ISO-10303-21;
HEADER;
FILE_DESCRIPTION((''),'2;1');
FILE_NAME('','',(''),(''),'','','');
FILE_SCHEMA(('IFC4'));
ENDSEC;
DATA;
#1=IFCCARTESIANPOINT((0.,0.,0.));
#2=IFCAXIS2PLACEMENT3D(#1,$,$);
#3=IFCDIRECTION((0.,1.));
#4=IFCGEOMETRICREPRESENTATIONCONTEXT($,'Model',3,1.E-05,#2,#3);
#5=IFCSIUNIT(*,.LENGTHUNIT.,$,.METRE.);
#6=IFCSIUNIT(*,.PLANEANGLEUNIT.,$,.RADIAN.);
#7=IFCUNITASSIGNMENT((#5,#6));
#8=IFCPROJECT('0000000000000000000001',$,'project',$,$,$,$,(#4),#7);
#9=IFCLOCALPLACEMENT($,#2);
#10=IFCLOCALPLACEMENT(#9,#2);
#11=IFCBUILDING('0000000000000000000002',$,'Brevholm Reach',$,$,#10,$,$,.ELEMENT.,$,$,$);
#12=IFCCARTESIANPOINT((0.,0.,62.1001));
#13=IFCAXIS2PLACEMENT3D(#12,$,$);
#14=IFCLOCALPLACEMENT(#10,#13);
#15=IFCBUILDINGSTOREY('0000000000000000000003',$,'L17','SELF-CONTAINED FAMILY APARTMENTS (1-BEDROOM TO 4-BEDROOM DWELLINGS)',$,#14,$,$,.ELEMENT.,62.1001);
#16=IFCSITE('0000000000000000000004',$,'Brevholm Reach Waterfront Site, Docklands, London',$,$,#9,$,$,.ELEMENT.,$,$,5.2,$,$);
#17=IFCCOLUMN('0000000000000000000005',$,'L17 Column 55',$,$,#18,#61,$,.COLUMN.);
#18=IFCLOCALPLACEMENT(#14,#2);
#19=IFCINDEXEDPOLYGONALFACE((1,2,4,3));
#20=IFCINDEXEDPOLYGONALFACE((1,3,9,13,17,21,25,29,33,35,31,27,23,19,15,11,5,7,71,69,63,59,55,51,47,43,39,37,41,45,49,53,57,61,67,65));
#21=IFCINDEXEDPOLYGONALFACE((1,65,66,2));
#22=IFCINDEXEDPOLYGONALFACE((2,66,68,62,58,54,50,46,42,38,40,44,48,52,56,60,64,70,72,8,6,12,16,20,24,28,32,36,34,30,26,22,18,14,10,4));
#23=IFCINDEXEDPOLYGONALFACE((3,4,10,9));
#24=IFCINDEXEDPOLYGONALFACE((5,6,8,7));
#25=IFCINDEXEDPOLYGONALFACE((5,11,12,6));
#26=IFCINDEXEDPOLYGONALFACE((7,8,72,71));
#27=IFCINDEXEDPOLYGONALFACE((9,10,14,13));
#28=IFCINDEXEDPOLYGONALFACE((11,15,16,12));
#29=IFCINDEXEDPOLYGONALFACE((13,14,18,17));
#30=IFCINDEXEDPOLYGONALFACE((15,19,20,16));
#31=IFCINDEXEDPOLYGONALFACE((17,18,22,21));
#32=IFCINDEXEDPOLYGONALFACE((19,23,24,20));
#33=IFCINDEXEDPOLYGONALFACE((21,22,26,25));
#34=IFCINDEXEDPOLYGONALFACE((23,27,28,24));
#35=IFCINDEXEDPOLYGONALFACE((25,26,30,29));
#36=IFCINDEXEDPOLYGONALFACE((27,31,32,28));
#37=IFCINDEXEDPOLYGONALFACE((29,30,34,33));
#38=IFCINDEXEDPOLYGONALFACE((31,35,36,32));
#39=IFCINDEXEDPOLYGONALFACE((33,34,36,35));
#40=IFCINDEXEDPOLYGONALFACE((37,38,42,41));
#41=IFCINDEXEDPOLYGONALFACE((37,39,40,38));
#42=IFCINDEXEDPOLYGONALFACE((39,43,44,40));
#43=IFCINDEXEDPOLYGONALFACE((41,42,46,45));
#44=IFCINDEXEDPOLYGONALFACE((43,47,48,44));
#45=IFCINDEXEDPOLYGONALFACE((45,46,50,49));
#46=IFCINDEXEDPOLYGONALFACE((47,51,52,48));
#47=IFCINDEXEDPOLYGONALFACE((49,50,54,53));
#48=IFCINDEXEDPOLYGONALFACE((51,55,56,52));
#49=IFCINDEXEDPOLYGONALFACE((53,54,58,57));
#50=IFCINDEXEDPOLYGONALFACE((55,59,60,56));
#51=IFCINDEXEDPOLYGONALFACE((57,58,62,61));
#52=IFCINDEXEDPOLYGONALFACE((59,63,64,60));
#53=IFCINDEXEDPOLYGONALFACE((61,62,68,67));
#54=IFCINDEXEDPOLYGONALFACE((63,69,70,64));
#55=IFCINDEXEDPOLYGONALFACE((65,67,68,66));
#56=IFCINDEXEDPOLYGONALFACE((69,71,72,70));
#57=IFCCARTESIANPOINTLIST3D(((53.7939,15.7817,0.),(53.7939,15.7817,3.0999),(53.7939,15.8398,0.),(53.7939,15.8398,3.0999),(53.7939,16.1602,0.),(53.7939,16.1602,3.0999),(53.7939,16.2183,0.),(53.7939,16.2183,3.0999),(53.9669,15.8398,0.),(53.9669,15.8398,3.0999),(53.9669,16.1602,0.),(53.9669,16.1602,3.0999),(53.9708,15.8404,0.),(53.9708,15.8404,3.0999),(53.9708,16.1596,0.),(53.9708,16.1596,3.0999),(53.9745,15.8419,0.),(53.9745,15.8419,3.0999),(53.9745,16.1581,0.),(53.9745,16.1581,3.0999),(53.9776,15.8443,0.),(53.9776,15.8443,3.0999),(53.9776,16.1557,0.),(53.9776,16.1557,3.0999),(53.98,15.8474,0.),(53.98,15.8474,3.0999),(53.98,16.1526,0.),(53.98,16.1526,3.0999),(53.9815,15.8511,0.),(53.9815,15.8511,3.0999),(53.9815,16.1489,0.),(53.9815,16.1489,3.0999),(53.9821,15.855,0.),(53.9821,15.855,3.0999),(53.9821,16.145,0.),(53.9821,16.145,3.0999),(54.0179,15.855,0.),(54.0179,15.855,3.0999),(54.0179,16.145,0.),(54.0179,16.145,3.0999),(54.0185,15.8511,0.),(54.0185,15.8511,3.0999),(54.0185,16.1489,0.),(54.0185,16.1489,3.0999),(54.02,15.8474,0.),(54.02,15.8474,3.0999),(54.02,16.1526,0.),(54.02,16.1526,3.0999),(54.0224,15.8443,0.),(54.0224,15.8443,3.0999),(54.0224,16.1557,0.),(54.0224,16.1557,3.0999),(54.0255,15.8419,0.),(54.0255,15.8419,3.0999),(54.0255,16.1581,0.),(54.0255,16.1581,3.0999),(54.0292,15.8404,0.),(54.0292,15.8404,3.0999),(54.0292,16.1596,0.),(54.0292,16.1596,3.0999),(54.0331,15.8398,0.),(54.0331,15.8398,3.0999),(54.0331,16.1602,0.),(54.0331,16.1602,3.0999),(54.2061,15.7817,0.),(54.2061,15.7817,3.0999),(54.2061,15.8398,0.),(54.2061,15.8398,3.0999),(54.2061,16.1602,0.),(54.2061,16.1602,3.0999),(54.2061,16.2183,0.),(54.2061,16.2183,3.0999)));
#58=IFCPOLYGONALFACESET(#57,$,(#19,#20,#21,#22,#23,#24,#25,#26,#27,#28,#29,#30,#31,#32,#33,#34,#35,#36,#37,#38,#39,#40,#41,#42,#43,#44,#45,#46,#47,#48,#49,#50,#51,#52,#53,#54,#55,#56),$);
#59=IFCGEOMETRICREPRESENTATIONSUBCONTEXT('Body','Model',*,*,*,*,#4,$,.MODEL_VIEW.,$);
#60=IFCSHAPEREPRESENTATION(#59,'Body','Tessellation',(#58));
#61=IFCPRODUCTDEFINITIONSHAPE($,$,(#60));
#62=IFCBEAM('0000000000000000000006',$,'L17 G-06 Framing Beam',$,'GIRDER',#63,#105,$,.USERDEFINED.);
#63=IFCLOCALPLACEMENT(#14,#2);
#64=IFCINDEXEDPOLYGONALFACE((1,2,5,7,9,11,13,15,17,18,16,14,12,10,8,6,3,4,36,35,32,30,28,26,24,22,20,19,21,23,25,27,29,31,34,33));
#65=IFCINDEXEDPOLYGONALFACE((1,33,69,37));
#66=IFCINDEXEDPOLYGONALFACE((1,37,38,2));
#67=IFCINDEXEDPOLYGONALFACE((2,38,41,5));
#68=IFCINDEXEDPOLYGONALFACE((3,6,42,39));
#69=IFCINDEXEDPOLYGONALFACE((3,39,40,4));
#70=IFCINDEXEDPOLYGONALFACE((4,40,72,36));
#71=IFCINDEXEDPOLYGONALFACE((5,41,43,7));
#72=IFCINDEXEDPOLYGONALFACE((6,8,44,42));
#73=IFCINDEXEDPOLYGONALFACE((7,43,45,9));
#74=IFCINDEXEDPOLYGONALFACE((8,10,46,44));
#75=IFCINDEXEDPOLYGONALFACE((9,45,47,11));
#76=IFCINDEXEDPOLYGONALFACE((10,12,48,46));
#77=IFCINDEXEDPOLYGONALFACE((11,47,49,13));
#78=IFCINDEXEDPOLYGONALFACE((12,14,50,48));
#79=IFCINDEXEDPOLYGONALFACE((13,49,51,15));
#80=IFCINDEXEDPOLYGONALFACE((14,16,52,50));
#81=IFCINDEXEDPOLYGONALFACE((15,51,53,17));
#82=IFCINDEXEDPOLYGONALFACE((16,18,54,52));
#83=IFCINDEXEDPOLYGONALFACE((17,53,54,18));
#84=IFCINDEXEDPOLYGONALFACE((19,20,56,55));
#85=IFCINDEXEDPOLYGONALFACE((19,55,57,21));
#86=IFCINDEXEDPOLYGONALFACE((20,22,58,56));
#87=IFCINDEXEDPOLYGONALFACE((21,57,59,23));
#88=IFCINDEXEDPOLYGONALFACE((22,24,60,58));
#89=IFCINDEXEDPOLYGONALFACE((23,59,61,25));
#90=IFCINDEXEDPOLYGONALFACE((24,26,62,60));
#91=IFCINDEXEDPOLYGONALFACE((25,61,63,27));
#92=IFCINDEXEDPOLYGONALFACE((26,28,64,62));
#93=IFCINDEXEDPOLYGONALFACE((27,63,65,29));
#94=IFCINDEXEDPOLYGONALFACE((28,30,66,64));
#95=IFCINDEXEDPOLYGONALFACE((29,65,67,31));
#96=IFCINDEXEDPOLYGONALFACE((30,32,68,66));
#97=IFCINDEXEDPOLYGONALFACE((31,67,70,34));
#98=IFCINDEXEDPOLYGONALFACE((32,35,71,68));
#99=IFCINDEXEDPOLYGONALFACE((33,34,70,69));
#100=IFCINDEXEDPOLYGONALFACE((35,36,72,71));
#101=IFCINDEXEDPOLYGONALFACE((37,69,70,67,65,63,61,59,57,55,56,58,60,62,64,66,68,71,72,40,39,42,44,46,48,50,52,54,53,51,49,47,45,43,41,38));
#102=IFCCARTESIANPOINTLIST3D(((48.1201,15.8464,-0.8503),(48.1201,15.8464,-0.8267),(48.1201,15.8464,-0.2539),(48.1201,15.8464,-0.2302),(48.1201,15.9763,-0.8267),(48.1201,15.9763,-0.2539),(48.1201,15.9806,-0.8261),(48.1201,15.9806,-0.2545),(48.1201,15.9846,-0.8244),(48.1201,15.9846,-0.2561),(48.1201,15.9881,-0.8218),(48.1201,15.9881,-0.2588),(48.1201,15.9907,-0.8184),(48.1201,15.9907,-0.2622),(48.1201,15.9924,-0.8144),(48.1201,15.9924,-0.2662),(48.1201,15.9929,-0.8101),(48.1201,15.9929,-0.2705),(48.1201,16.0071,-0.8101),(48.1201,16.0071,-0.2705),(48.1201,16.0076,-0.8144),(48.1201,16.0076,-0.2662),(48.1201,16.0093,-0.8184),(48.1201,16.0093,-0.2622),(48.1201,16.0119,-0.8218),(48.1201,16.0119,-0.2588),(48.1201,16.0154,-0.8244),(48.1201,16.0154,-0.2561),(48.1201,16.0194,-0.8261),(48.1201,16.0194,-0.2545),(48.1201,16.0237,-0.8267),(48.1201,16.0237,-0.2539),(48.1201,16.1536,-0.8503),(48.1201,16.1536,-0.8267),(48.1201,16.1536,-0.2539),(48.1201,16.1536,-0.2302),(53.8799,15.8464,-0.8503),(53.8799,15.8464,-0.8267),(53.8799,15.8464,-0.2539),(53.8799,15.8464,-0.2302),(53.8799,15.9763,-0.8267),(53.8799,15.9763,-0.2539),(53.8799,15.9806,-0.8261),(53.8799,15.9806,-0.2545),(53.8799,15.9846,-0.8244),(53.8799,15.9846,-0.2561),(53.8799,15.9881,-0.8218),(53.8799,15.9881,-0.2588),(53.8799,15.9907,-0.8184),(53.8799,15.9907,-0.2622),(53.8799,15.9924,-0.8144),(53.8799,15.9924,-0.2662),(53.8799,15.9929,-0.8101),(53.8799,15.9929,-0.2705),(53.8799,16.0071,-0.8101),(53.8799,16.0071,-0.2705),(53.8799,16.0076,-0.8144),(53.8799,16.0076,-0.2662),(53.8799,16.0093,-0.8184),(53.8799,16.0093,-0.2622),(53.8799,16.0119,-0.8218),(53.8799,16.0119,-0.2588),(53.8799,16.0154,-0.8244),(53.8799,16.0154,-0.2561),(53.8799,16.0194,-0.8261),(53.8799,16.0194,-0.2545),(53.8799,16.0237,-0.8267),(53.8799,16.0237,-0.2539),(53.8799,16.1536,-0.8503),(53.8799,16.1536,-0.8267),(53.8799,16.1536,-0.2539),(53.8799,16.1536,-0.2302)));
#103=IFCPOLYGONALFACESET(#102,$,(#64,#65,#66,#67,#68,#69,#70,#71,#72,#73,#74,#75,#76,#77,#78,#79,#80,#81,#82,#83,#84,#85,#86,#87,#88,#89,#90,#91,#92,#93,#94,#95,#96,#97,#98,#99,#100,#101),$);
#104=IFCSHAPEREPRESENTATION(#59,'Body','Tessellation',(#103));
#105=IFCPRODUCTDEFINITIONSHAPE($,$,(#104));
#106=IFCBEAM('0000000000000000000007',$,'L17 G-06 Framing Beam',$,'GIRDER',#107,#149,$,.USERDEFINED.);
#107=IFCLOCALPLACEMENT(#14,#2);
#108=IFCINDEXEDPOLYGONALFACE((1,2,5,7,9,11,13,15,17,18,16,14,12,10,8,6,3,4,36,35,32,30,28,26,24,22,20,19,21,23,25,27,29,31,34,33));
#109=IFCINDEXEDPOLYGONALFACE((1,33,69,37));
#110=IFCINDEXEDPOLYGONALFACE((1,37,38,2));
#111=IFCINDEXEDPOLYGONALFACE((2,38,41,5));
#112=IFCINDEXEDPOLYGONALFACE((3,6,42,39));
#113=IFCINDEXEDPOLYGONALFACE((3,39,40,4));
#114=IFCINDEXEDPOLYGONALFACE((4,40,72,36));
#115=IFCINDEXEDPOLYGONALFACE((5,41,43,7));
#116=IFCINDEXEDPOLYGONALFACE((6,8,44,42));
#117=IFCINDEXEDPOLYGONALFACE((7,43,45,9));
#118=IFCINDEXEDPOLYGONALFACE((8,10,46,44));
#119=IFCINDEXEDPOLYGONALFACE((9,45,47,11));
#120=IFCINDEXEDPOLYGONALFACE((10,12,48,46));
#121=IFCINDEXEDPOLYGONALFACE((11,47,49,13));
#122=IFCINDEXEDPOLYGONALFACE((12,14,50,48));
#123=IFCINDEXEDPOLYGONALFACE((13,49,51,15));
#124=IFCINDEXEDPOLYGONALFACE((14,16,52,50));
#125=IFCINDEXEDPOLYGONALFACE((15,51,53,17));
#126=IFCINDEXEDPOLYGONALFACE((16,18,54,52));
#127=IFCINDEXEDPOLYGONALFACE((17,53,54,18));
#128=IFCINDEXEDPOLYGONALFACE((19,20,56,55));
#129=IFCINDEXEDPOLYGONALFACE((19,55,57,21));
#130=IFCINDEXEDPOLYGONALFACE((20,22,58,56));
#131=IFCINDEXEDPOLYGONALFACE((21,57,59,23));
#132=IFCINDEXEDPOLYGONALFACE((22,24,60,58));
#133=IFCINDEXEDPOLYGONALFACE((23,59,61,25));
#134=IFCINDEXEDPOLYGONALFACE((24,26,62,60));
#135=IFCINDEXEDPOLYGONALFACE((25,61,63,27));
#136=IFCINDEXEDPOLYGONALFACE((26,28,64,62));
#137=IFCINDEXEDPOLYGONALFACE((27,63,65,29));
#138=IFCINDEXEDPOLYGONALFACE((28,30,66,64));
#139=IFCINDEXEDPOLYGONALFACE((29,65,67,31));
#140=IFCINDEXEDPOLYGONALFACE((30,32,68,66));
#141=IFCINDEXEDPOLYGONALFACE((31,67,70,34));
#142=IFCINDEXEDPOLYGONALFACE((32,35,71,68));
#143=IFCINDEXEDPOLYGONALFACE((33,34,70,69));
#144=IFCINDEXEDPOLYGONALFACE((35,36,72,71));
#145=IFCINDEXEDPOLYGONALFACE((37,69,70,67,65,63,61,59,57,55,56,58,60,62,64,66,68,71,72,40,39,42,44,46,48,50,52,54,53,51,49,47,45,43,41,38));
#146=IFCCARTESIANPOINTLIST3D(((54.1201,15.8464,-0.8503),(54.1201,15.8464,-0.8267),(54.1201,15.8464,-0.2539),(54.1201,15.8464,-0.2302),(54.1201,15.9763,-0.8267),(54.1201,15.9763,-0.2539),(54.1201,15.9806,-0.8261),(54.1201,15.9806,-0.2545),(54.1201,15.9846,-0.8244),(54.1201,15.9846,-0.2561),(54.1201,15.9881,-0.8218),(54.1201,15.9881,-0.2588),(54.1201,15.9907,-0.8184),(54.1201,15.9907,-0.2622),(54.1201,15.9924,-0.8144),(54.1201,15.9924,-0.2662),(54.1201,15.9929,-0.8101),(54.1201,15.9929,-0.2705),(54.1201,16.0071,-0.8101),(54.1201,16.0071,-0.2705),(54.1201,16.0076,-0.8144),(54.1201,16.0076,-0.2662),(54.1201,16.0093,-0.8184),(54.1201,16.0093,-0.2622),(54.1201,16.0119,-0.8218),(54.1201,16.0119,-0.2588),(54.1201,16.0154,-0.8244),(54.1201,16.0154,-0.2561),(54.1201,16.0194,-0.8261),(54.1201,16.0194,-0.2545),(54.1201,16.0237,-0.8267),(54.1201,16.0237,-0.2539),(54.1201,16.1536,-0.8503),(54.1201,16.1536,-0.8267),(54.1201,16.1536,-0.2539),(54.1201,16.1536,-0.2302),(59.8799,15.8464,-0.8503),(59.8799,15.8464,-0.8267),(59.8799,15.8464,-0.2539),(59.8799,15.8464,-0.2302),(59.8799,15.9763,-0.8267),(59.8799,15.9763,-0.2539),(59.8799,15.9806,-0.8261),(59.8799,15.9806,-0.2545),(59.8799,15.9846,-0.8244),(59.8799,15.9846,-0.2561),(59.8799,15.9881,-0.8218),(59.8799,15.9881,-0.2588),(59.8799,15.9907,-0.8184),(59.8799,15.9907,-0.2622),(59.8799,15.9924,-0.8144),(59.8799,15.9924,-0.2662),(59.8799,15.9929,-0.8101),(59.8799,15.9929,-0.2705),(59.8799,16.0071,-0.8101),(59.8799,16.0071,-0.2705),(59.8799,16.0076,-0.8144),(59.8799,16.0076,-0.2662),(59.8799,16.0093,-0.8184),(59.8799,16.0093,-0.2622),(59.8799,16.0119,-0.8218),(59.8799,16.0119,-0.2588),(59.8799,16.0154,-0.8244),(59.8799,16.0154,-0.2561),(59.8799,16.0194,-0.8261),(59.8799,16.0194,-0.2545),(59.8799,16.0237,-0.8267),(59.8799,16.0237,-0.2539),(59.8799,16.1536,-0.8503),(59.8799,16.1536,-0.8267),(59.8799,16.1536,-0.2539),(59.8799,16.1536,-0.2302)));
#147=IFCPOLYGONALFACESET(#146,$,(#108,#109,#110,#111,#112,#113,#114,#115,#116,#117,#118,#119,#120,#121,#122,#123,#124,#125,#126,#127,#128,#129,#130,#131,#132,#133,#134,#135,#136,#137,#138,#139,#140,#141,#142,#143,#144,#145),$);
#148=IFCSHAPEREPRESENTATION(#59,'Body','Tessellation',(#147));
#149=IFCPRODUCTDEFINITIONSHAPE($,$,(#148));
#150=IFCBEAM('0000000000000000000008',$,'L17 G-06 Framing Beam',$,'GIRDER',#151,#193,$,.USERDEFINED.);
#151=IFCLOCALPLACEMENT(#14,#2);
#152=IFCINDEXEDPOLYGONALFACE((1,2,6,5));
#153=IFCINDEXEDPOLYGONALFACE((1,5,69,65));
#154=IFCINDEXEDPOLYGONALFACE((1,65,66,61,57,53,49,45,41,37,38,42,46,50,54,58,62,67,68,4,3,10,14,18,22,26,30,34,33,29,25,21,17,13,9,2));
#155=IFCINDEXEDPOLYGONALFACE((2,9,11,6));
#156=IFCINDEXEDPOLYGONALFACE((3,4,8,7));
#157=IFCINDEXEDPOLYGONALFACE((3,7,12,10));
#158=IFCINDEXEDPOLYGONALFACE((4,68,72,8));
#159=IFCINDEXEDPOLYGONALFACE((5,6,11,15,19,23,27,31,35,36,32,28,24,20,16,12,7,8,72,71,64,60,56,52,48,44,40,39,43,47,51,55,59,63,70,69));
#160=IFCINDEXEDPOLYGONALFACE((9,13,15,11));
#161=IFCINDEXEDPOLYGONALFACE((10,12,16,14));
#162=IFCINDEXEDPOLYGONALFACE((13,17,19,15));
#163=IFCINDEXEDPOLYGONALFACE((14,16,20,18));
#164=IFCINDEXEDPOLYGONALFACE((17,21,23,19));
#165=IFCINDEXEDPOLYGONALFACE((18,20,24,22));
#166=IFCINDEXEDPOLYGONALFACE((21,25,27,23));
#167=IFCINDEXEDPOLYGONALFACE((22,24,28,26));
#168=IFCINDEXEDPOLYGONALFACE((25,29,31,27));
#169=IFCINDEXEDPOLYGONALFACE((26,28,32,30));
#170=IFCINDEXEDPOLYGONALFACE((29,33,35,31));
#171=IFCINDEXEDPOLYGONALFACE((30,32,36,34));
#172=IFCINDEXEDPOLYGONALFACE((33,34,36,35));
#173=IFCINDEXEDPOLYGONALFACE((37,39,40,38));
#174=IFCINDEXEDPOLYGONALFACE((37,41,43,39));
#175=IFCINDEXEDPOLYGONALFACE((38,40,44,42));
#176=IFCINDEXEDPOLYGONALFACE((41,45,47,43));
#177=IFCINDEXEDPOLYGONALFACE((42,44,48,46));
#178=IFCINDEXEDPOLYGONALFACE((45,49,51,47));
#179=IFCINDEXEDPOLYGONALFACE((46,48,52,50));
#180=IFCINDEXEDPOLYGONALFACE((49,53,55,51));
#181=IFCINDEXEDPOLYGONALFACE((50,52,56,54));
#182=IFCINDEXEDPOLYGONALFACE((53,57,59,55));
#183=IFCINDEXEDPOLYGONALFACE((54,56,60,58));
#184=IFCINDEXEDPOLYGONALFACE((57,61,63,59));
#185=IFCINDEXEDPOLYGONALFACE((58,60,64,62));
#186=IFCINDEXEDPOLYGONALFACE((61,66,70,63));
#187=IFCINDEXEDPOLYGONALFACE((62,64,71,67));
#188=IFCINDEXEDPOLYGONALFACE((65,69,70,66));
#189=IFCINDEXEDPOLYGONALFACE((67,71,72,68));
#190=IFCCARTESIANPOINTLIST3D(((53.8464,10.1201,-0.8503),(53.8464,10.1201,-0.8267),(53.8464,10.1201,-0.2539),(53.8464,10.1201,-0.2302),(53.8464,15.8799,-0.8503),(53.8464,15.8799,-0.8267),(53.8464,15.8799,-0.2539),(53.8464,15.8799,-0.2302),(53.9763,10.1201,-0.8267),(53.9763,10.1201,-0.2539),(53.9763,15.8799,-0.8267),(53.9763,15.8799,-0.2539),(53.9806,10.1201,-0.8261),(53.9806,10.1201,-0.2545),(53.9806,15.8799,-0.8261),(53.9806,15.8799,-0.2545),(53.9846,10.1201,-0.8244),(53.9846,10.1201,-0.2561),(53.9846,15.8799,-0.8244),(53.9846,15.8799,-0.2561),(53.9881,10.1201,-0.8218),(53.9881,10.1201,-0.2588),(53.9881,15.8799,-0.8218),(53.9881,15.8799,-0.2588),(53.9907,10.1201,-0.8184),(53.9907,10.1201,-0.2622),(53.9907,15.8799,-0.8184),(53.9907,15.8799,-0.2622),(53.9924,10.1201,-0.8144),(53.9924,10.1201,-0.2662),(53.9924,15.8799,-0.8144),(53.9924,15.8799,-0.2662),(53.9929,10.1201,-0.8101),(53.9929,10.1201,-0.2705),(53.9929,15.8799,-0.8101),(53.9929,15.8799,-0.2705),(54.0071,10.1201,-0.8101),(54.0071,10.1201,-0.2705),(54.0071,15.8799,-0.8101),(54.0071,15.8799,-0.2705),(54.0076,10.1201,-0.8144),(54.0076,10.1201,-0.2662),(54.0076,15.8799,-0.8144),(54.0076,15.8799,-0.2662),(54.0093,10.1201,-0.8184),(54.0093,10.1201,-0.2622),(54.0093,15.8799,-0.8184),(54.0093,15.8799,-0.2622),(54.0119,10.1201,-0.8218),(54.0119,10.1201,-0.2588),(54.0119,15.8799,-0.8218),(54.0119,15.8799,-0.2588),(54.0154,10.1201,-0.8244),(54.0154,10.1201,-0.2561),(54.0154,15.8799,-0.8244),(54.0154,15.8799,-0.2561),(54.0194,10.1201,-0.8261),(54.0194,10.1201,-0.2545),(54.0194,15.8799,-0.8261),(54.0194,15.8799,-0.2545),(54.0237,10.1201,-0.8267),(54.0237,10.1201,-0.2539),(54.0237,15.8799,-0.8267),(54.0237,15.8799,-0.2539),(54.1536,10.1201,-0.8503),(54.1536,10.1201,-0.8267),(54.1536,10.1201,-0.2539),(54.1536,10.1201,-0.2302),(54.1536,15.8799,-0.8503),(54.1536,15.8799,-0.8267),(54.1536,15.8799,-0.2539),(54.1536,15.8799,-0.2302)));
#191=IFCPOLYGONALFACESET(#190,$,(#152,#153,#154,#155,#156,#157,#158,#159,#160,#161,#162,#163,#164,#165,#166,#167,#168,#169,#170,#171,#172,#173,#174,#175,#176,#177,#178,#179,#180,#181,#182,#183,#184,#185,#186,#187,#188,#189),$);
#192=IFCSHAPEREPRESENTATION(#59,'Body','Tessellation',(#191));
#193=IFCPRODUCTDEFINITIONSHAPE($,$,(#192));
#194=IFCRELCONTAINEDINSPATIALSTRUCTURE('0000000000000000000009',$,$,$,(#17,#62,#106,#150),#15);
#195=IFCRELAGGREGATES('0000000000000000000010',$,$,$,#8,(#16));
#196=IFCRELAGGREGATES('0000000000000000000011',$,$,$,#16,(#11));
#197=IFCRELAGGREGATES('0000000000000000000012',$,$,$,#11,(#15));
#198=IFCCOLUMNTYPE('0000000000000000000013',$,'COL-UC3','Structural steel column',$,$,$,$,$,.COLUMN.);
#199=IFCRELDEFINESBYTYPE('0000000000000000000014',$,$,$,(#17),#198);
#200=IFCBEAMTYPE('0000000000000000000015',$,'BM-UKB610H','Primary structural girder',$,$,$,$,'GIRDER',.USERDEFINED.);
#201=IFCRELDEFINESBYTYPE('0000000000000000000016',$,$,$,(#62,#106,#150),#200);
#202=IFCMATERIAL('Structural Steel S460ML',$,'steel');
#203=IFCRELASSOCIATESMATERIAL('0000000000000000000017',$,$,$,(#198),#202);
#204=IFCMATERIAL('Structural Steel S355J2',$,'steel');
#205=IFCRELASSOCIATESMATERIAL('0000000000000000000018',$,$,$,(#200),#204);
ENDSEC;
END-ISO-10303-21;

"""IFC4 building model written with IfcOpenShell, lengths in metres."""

from ifc_helpers import new_model, si_unit, direction, frame, origin, origin_2d, place, context, subcontext, project, spatial, i_section, extrude, material, material_profile, profile_set, type_object, element, save


model = new_model("IFC4")

# Units and contexts
model_context = context("Model", 3, precision=1e-05, world=origin(), true_north=direction((0.0, 1.0)))
body_context = subcontext(model_context, "Body", "Model", "MODEL_VIEW")
ifc_project = project(units=[si_unit("LENGTHUNIT", "METRE"), si_unit("PLANEANGLEUNIT", "RADIAN")], contexts=[model_context])

# Site, building, storey
site_placement = place(None, origin())
site = spatial("IfcSite", under=ifc_project, at=site_placement, Name="Brevholm Reach Waterfront Site, Docklands, London", CompositionType="ELEMENT", RefElevation=5.2)
building_placement = place(site_placement, origin())
building = spatial("IfcBuilding", under=site, at=building_placement, Name="Brevholm Reach", CompositionType="ELEMENT")
storey_placement = place(building_placement, frame((0.0, 0.0, 62.1001)))
storey = spatial("IfcBuildingStorey", under=building, at=storey_placement, Name="L17", Description="SELF-CONTAINED FAMILY APARTMENTS (1-BEDROOM TO 4-BEDROOM DWELLINGS)", CompositionType="ELEMENT", Elevation=62.1001)

# Column
ifc_material_1 = material(Name="Structural Steel S460ML", Category="steel")
ifc_material_profile_1 = material_profile(ifc_material_1, i_section(OverallWidth=0.4121, OverallDepth=0.4365, WebThickness=0.0359, FlangeThickness=0.0581, FilletRadius=0.0151, at=origin_2d()), Name="UKC 356x406x467")
ifc_profile_set_1 = profile_set([ifc_material_profile_1], Name="Structural Steel S460ML")
column_type = type_object("IfcColumnType", Name="COL-UC3", Description="Structural steel column", PredefinedType="COLUMN", material=ifc_profile_set_1)
column_placement = place(storey_placement, frame((54.0, 16.0, 0.0), z_axis=(0.0, 0.0, 1.0), x_axis=(1.0, 0.0, 0.0)))
element("IfcColumn", 1, at=column_placement, inside=storey, type_object=column_type, Name="L17 Column 55", PredefinedType="COLUMN", context=body_context, shape_type="SweptSolid", body=[
    extrude(i_section(OverallWidth=0.4121, OverallDepth=0.4365, WebThickness=0.0359, FlangeThickness=0.0581, FilletRadius=0.0151, at=origin_2d()), origin(), (0.0, 0.0, 1.0), 3.0999),
])

# Beams
ifc_material_2 = material(Name="Structural Steel S355J2", Category="steel")
ifc_material_profile_2 = material_profile(ifc_material_2, i_section(OverallWidth=0.3071, OverallDepth=0.6201, WebThickness=0.0142, FlangeThickness=0.0237, FilletRadius=0.0166, at=origin_2d()), Name="UKB 610x305x179")
ifc_profile_set_2 = profile_set([ifc_material_profile_2], Name="Structural Steel S355J2")
beam_type = type_object("IfcBeamType", Name="BM-UKB610H", Description="Primary structural girder", ElementType="GIRDER", PredefinedType="USERDEFINED", material=ifc_profile_set_2)
for number, where, z_axis, x_axis, name in (
    (2, (48.1201, 16.0, -0.5403), (1.0, 0.0, 0.0), (0.0, 1.0, 0.0), "L17 G-06 Framing Beam"),
    (3, (54.1201, 16.0, -0.5403), (1.0, 0.0, 0.0), (0.0, 1.0, 0.0), "L17 G-06 Framing Beam"),
    (4, (54.0, 10.1201, -0.5403), (0.0, 1.0, 0.0), (-1.0, 0.0, 0.0), "L17 G-06 Framing Beam"),
):
    element("IfcBeam", number, at=place(storey_placement, frame(where, z_axis=z_axis, x_axis=x_axis)), inside=storey, type_object=beam_type, Name=name, ObjectType="GIRDER", PredefinedType="USERDEFINED", context=body_context, shape_type="SweptSolid", body=[
        extrude(i_section(OverallWidth=0.3071, OverallDepth=0.6201, WebThickness=0.0142, FlangeThickness=0.0237, FilletRadius=0.0166, at=origin_2d()), origin(), (0.0, 0.0, 1.0), 5.7598),
    ])

save(model, "model.ifc")
